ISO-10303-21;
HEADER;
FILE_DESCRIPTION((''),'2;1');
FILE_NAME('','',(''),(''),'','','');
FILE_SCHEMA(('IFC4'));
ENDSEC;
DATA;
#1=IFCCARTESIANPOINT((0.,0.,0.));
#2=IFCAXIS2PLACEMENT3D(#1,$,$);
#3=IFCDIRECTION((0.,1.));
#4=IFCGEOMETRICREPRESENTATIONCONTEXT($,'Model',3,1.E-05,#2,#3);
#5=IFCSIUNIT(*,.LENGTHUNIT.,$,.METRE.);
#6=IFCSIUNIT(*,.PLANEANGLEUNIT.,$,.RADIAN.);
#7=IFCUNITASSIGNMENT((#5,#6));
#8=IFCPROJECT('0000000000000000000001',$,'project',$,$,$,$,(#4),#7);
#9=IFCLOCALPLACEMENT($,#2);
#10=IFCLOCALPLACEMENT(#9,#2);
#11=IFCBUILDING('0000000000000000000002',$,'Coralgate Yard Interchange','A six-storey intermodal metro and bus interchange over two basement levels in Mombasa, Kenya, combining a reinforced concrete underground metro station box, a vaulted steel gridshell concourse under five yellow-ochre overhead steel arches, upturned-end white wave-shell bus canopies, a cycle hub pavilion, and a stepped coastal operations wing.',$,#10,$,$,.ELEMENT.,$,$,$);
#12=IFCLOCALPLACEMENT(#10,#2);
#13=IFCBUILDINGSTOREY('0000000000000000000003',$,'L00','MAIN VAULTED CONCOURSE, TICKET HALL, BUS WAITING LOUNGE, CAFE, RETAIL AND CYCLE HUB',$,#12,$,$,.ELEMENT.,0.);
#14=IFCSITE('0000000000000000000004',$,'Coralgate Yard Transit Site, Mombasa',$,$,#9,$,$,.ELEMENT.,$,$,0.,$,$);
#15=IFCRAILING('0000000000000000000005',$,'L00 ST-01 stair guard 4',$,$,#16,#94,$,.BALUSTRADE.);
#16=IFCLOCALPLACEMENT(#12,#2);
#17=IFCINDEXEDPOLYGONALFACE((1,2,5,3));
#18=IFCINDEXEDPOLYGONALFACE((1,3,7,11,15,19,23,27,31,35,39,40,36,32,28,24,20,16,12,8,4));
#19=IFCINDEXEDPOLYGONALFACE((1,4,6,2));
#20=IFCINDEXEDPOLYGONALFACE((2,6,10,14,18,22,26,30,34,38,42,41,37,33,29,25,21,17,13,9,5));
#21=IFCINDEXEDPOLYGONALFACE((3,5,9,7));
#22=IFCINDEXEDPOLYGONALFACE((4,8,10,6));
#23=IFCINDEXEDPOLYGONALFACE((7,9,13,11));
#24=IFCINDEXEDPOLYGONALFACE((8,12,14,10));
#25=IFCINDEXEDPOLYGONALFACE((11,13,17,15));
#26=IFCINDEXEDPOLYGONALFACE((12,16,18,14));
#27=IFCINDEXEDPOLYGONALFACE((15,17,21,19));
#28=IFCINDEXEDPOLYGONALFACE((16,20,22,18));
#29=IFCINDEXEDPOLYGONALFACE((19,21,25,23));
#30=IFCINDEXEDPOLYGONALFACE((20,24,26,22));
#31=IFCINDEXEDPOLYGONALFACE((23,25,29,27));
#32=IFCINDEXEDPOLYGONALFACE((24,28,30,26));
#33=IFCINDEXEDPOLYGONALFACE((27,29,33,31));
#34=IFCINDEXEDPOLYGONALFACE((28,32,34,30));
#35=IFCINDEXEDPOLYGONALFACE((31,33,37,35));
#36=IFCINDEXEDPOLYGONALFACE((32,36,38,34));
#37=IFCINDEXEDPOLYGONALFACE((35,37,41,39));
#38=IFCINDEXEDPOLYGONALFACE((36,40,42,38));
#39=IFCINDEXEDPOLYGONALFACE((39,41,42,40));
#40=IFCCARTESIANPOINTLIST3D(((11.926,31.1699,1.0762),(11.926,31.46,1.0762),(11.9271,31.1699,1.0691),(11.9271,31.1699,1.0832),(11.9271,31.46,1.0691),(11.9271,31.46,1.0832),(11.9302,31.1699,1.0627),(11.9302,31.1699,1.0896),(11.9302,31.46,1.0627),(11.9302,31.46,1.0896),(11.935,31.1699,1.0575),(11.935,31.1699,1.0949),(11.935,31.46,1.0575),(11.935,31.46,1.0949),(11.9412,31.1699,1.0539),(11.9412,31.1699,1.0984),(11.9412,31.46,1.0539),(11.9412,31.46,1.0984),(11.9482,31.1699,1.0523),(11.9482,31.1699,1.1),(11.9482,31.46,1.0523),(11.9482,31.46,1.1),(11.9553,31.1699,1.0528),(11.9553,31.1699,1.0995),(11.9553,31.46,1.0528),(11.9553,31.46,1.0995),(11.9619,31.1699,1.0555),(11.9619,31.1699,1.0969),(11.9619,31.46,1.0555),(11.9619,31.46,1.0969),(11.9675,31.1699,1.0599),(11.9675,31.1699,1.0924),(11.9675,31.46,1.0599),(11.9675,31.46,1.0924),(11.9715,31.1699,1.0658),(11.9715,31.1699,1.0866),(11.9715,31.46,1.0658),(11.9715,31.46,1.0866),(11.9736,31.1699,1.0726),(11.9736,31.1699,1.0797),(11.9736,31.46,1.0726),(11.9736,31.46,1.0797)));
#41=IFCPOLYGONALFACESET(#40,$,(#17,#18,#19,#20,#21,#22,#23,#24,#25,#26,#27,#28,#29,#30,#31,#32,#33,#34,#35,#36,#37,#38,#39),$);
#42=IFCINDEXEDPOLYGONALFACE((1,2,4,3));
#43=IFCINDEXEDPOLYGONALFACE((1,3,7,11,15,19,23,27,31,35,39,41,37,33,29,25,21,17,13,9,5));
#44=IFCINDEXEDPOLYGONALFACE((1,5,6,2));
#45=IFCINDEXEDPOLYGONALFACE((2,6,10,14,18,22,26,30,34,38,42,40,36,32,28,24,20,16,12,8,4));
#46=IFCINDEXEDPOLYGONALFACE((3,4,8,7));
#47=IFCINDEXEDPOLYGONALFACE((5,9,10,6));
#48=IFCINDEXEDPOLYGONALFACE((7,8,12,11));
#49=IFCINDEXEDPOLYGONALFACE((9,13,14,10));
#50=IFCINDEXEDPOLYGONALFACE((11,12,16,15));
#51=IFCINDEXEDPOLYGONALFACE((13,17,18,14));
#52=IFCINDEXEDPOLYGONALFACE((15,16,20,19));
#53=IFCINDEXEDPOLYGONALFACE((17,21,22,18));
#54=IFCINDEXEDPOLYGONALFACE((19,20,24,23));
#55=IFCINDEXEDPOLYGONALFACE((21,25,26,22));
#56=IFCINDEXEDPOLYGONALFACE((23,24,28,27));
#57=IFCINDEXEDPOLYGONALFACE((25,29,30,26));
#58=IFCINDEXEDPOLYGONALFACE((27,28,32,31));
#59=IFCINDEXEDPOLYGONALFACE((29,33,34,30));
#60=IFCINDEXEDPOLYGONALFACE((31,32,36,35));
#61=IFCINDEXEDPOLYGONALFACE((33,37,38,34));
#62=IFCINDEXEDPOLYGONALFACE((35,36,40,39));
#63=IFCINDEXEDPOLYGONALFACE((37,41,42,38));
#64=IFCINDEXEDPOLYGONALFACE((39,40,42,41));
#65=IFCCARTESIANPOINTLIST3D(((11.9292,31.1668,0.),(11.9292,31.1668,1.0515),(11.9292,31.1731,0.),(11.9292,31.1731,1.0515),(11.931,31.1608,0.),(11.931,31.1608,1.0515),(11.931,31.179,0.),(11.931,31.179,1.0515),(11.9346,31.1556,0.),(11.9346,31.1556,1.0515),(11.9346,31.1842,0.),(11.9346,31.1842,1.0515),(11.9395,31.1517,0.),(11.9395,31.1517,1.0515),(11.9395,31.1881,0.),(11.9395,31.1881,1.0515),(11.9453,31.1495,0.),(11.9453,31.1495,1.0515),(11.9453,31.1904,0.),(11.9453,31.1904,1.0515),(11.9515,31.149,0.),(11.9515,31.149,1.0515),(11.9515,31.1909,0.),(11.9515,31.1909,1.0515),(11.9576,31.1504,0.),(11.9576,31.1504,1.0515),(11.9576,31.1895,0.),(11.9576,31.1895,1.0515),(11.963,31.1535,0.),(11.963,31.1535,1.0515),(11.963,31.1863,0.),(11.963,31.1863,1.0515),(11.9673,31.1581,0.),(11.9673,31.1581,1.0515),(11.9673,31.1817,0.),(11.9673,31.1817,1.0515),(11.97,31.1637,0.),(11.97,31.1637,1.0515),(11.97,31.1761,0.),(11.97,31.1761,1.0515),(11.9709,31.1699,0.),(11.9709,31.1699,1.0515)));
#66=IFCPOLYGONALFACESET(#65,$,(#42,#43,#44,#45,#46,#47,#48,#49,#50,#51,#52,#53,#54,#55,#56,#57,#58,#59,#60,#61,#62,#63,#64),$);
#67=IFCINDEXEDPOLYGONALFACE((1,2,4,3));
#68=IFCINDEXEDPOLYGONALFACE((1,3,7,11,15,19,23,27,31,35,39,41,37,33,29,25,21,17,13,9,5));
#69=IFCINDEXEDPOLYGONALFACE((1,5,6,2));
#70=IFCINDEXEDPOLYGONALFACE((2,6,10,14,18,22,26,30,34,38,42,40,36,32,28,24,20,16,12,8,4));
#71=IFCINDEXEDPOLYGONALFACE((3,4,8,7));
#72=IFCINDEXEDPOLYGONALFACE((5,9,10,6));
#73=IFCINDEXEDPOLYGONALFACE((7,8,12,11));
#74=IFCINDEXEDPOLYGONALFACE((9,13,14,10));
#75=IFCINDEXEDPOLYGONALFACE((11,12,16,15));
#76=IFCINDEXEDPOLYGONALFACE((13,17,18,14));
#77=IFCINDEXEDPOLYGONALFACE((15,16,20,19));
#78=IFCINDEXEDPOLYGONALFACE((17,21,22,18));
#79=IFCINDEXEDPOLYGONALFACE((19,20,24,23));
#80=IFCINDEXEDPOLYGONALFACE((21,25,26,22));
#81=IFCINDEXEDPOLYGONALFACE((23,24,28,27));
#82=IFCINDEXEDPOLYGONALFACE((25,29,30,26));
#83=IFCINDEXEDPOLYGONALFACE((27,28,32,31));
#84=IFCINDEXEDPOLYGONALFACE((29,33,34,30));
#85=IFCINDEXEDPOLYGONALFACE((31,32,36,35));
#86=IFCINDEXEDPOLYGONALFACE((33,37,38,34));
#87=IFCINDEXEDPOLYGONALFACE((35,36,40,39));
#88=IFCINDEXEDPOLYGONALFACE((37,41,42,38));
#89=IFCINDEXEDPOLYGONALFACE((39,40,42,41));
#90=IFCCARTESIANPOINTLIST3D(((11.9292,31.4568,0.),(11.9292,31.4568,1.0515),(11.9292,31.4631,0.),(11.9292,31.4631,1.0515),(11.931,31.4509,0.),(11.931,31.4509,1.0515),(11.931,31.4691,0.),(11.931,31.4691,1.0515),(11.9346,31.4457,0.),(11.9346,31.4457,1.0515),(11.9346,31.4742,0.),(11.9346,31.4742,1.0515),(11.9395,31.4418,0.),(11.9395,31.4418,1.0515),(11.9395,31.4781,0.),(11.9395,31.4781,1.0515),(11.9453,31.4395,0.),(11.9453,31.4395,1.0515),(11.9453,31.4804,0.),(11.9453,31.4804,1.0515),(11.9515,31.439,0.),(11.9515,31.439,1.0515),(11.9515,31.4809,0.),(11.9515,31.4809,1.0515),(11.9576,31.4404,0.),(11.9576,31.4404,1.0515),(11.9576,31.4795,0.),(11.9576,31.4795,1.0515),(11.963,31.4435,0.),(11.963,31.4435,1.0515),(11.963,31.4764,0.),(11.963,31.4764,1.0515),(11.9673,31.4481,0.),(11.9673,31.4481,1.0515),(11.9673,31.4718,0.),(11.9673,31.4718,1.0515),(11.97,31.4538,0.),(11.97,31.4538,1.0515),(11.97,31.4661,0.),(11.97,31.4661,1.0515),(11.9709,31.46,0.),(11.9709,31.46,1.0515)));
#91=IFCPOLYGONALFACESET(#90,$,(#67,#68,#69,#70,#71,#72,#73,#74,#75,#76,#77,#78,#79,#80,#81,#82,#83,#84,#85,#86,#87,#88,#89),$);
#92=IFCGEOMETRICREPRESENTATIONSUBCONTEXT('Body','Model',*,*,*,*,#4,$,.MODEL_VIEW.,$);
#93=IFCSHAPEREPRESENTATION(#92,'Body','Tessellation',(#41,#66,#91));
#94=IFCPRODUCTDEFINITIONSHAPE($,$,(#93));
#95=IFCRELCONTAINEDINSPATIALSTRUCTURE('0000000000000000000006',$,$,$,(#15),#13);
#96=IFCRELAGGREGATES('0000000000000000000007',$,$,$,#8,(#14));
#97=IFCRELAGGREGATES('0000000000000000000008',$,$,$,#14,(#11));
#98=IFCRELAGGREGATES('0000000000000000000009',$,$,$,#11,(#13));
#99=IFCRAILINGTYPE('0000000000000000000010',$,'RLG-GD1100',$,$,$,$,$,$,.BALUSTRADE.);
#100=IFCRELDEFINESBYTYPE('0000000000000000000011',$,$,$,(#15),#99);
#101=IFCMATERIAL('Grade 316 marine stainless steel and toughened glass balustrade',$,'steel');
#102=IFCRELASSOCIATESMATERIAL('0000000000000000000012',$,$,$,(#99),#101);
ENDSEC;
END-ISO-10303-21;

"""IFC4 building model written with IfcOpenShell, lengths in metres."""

from ifc_helpers import new_model, si_unit, direction, frame, origin, origin_2d, place, context, subcontext, project, spatial, circle, extrude, material, type_object, element, save


model = new_model("IFC4")

# Units and contexts
model_context = context("Model", 3, precision=1e-05, world=origin(), true_north=direction((0.0, 1.0)))
body_context = subcontext(model_context, "Body", "Model", "MODEL_VIEW")
ifc_project = project(units=[si_unit("LENGTHUNIT", "METRE"), si_unit("PLANEANGLEUNIT", "RADIAN")], contexts=[model_context])

# Site, building, storey
site_placement = place(None, origin())
site = spatial("IfcSite", under=ifc_project, at=site_placement, Name="Coralgate Yard Transit Site, Mombasa", CompositionType="ELEMENT", RefElevation=0.0)
building_placement = place(site_placement, origin())
building = spatial("IfcBuilding", under=site, at=building_placement, Name="Coralgate Yard Interchange", Description="A six-storey intermodal metro and bus interchange over two basement levels in Mombasa, Kenya, combining a reinforced concrete underground metro station box, a vaulted steel gridshell concourse under five yellow-ochre overhead steel arches, upturned-end white wave-shell bus canopies, a cycle hub pavilion, and a stepped coastal operations wing.", CompositionType="ELEMENT")
storey_placement = place(building_placement, origin())
storey = spatial("IfcBuildingStorey", under=building, at=storey_placement, Name="L00", Description="MAIN VAULTED CONCOURSE, TICKET HALL, BUS WAITING LOUNGE, CAFE, RETAIL AND CYCLE HUB", CompositionType="ELEMENT", Elevation=0.0)

# Railing
ifc_material_1 = material(Name="Grade 316 marine stainless steel and toughened glass balustrade", Category="steel")
railing_type_1 = type_object("IfcRailingType", Name="RLG-GD1100", PredefinedType="BALUSTRADE", material=ifc_material_1)
railing_1_placement = place(storey_placement, frame((11.95, 31.1699, 0.0)))
element("IfcRailing", 1, at=railing_1_placement, inside=storey, type_object=railing_type_1, Name="L00 ST-01 stair guard 4", PredefinedType="BALUSTRADE", context=body_context, shape_type="SweptSolid", body=[
    extrude(circle(Radius=0.0239, at=origin_2d()), frame((0.0, 0.0, 1.0762), z_axis=(0.0, 1.0, 0.0), x_axis=(-1.0, 0.0, 0.0)), (0.0, 0.0, 1.0), 0.29),
    extrude(circle(Radius=0.021, at=origin_2d()), origin(), (0.0, 0.0, 1.0), 1.0515),
    extrude(circle(Radius=0.021, at=origin_2d()), frame((0.0, 0.29, 0.0)), (0.0, 0.0, 1.0), 1.0515),
])

save(model, "model.ifc")
